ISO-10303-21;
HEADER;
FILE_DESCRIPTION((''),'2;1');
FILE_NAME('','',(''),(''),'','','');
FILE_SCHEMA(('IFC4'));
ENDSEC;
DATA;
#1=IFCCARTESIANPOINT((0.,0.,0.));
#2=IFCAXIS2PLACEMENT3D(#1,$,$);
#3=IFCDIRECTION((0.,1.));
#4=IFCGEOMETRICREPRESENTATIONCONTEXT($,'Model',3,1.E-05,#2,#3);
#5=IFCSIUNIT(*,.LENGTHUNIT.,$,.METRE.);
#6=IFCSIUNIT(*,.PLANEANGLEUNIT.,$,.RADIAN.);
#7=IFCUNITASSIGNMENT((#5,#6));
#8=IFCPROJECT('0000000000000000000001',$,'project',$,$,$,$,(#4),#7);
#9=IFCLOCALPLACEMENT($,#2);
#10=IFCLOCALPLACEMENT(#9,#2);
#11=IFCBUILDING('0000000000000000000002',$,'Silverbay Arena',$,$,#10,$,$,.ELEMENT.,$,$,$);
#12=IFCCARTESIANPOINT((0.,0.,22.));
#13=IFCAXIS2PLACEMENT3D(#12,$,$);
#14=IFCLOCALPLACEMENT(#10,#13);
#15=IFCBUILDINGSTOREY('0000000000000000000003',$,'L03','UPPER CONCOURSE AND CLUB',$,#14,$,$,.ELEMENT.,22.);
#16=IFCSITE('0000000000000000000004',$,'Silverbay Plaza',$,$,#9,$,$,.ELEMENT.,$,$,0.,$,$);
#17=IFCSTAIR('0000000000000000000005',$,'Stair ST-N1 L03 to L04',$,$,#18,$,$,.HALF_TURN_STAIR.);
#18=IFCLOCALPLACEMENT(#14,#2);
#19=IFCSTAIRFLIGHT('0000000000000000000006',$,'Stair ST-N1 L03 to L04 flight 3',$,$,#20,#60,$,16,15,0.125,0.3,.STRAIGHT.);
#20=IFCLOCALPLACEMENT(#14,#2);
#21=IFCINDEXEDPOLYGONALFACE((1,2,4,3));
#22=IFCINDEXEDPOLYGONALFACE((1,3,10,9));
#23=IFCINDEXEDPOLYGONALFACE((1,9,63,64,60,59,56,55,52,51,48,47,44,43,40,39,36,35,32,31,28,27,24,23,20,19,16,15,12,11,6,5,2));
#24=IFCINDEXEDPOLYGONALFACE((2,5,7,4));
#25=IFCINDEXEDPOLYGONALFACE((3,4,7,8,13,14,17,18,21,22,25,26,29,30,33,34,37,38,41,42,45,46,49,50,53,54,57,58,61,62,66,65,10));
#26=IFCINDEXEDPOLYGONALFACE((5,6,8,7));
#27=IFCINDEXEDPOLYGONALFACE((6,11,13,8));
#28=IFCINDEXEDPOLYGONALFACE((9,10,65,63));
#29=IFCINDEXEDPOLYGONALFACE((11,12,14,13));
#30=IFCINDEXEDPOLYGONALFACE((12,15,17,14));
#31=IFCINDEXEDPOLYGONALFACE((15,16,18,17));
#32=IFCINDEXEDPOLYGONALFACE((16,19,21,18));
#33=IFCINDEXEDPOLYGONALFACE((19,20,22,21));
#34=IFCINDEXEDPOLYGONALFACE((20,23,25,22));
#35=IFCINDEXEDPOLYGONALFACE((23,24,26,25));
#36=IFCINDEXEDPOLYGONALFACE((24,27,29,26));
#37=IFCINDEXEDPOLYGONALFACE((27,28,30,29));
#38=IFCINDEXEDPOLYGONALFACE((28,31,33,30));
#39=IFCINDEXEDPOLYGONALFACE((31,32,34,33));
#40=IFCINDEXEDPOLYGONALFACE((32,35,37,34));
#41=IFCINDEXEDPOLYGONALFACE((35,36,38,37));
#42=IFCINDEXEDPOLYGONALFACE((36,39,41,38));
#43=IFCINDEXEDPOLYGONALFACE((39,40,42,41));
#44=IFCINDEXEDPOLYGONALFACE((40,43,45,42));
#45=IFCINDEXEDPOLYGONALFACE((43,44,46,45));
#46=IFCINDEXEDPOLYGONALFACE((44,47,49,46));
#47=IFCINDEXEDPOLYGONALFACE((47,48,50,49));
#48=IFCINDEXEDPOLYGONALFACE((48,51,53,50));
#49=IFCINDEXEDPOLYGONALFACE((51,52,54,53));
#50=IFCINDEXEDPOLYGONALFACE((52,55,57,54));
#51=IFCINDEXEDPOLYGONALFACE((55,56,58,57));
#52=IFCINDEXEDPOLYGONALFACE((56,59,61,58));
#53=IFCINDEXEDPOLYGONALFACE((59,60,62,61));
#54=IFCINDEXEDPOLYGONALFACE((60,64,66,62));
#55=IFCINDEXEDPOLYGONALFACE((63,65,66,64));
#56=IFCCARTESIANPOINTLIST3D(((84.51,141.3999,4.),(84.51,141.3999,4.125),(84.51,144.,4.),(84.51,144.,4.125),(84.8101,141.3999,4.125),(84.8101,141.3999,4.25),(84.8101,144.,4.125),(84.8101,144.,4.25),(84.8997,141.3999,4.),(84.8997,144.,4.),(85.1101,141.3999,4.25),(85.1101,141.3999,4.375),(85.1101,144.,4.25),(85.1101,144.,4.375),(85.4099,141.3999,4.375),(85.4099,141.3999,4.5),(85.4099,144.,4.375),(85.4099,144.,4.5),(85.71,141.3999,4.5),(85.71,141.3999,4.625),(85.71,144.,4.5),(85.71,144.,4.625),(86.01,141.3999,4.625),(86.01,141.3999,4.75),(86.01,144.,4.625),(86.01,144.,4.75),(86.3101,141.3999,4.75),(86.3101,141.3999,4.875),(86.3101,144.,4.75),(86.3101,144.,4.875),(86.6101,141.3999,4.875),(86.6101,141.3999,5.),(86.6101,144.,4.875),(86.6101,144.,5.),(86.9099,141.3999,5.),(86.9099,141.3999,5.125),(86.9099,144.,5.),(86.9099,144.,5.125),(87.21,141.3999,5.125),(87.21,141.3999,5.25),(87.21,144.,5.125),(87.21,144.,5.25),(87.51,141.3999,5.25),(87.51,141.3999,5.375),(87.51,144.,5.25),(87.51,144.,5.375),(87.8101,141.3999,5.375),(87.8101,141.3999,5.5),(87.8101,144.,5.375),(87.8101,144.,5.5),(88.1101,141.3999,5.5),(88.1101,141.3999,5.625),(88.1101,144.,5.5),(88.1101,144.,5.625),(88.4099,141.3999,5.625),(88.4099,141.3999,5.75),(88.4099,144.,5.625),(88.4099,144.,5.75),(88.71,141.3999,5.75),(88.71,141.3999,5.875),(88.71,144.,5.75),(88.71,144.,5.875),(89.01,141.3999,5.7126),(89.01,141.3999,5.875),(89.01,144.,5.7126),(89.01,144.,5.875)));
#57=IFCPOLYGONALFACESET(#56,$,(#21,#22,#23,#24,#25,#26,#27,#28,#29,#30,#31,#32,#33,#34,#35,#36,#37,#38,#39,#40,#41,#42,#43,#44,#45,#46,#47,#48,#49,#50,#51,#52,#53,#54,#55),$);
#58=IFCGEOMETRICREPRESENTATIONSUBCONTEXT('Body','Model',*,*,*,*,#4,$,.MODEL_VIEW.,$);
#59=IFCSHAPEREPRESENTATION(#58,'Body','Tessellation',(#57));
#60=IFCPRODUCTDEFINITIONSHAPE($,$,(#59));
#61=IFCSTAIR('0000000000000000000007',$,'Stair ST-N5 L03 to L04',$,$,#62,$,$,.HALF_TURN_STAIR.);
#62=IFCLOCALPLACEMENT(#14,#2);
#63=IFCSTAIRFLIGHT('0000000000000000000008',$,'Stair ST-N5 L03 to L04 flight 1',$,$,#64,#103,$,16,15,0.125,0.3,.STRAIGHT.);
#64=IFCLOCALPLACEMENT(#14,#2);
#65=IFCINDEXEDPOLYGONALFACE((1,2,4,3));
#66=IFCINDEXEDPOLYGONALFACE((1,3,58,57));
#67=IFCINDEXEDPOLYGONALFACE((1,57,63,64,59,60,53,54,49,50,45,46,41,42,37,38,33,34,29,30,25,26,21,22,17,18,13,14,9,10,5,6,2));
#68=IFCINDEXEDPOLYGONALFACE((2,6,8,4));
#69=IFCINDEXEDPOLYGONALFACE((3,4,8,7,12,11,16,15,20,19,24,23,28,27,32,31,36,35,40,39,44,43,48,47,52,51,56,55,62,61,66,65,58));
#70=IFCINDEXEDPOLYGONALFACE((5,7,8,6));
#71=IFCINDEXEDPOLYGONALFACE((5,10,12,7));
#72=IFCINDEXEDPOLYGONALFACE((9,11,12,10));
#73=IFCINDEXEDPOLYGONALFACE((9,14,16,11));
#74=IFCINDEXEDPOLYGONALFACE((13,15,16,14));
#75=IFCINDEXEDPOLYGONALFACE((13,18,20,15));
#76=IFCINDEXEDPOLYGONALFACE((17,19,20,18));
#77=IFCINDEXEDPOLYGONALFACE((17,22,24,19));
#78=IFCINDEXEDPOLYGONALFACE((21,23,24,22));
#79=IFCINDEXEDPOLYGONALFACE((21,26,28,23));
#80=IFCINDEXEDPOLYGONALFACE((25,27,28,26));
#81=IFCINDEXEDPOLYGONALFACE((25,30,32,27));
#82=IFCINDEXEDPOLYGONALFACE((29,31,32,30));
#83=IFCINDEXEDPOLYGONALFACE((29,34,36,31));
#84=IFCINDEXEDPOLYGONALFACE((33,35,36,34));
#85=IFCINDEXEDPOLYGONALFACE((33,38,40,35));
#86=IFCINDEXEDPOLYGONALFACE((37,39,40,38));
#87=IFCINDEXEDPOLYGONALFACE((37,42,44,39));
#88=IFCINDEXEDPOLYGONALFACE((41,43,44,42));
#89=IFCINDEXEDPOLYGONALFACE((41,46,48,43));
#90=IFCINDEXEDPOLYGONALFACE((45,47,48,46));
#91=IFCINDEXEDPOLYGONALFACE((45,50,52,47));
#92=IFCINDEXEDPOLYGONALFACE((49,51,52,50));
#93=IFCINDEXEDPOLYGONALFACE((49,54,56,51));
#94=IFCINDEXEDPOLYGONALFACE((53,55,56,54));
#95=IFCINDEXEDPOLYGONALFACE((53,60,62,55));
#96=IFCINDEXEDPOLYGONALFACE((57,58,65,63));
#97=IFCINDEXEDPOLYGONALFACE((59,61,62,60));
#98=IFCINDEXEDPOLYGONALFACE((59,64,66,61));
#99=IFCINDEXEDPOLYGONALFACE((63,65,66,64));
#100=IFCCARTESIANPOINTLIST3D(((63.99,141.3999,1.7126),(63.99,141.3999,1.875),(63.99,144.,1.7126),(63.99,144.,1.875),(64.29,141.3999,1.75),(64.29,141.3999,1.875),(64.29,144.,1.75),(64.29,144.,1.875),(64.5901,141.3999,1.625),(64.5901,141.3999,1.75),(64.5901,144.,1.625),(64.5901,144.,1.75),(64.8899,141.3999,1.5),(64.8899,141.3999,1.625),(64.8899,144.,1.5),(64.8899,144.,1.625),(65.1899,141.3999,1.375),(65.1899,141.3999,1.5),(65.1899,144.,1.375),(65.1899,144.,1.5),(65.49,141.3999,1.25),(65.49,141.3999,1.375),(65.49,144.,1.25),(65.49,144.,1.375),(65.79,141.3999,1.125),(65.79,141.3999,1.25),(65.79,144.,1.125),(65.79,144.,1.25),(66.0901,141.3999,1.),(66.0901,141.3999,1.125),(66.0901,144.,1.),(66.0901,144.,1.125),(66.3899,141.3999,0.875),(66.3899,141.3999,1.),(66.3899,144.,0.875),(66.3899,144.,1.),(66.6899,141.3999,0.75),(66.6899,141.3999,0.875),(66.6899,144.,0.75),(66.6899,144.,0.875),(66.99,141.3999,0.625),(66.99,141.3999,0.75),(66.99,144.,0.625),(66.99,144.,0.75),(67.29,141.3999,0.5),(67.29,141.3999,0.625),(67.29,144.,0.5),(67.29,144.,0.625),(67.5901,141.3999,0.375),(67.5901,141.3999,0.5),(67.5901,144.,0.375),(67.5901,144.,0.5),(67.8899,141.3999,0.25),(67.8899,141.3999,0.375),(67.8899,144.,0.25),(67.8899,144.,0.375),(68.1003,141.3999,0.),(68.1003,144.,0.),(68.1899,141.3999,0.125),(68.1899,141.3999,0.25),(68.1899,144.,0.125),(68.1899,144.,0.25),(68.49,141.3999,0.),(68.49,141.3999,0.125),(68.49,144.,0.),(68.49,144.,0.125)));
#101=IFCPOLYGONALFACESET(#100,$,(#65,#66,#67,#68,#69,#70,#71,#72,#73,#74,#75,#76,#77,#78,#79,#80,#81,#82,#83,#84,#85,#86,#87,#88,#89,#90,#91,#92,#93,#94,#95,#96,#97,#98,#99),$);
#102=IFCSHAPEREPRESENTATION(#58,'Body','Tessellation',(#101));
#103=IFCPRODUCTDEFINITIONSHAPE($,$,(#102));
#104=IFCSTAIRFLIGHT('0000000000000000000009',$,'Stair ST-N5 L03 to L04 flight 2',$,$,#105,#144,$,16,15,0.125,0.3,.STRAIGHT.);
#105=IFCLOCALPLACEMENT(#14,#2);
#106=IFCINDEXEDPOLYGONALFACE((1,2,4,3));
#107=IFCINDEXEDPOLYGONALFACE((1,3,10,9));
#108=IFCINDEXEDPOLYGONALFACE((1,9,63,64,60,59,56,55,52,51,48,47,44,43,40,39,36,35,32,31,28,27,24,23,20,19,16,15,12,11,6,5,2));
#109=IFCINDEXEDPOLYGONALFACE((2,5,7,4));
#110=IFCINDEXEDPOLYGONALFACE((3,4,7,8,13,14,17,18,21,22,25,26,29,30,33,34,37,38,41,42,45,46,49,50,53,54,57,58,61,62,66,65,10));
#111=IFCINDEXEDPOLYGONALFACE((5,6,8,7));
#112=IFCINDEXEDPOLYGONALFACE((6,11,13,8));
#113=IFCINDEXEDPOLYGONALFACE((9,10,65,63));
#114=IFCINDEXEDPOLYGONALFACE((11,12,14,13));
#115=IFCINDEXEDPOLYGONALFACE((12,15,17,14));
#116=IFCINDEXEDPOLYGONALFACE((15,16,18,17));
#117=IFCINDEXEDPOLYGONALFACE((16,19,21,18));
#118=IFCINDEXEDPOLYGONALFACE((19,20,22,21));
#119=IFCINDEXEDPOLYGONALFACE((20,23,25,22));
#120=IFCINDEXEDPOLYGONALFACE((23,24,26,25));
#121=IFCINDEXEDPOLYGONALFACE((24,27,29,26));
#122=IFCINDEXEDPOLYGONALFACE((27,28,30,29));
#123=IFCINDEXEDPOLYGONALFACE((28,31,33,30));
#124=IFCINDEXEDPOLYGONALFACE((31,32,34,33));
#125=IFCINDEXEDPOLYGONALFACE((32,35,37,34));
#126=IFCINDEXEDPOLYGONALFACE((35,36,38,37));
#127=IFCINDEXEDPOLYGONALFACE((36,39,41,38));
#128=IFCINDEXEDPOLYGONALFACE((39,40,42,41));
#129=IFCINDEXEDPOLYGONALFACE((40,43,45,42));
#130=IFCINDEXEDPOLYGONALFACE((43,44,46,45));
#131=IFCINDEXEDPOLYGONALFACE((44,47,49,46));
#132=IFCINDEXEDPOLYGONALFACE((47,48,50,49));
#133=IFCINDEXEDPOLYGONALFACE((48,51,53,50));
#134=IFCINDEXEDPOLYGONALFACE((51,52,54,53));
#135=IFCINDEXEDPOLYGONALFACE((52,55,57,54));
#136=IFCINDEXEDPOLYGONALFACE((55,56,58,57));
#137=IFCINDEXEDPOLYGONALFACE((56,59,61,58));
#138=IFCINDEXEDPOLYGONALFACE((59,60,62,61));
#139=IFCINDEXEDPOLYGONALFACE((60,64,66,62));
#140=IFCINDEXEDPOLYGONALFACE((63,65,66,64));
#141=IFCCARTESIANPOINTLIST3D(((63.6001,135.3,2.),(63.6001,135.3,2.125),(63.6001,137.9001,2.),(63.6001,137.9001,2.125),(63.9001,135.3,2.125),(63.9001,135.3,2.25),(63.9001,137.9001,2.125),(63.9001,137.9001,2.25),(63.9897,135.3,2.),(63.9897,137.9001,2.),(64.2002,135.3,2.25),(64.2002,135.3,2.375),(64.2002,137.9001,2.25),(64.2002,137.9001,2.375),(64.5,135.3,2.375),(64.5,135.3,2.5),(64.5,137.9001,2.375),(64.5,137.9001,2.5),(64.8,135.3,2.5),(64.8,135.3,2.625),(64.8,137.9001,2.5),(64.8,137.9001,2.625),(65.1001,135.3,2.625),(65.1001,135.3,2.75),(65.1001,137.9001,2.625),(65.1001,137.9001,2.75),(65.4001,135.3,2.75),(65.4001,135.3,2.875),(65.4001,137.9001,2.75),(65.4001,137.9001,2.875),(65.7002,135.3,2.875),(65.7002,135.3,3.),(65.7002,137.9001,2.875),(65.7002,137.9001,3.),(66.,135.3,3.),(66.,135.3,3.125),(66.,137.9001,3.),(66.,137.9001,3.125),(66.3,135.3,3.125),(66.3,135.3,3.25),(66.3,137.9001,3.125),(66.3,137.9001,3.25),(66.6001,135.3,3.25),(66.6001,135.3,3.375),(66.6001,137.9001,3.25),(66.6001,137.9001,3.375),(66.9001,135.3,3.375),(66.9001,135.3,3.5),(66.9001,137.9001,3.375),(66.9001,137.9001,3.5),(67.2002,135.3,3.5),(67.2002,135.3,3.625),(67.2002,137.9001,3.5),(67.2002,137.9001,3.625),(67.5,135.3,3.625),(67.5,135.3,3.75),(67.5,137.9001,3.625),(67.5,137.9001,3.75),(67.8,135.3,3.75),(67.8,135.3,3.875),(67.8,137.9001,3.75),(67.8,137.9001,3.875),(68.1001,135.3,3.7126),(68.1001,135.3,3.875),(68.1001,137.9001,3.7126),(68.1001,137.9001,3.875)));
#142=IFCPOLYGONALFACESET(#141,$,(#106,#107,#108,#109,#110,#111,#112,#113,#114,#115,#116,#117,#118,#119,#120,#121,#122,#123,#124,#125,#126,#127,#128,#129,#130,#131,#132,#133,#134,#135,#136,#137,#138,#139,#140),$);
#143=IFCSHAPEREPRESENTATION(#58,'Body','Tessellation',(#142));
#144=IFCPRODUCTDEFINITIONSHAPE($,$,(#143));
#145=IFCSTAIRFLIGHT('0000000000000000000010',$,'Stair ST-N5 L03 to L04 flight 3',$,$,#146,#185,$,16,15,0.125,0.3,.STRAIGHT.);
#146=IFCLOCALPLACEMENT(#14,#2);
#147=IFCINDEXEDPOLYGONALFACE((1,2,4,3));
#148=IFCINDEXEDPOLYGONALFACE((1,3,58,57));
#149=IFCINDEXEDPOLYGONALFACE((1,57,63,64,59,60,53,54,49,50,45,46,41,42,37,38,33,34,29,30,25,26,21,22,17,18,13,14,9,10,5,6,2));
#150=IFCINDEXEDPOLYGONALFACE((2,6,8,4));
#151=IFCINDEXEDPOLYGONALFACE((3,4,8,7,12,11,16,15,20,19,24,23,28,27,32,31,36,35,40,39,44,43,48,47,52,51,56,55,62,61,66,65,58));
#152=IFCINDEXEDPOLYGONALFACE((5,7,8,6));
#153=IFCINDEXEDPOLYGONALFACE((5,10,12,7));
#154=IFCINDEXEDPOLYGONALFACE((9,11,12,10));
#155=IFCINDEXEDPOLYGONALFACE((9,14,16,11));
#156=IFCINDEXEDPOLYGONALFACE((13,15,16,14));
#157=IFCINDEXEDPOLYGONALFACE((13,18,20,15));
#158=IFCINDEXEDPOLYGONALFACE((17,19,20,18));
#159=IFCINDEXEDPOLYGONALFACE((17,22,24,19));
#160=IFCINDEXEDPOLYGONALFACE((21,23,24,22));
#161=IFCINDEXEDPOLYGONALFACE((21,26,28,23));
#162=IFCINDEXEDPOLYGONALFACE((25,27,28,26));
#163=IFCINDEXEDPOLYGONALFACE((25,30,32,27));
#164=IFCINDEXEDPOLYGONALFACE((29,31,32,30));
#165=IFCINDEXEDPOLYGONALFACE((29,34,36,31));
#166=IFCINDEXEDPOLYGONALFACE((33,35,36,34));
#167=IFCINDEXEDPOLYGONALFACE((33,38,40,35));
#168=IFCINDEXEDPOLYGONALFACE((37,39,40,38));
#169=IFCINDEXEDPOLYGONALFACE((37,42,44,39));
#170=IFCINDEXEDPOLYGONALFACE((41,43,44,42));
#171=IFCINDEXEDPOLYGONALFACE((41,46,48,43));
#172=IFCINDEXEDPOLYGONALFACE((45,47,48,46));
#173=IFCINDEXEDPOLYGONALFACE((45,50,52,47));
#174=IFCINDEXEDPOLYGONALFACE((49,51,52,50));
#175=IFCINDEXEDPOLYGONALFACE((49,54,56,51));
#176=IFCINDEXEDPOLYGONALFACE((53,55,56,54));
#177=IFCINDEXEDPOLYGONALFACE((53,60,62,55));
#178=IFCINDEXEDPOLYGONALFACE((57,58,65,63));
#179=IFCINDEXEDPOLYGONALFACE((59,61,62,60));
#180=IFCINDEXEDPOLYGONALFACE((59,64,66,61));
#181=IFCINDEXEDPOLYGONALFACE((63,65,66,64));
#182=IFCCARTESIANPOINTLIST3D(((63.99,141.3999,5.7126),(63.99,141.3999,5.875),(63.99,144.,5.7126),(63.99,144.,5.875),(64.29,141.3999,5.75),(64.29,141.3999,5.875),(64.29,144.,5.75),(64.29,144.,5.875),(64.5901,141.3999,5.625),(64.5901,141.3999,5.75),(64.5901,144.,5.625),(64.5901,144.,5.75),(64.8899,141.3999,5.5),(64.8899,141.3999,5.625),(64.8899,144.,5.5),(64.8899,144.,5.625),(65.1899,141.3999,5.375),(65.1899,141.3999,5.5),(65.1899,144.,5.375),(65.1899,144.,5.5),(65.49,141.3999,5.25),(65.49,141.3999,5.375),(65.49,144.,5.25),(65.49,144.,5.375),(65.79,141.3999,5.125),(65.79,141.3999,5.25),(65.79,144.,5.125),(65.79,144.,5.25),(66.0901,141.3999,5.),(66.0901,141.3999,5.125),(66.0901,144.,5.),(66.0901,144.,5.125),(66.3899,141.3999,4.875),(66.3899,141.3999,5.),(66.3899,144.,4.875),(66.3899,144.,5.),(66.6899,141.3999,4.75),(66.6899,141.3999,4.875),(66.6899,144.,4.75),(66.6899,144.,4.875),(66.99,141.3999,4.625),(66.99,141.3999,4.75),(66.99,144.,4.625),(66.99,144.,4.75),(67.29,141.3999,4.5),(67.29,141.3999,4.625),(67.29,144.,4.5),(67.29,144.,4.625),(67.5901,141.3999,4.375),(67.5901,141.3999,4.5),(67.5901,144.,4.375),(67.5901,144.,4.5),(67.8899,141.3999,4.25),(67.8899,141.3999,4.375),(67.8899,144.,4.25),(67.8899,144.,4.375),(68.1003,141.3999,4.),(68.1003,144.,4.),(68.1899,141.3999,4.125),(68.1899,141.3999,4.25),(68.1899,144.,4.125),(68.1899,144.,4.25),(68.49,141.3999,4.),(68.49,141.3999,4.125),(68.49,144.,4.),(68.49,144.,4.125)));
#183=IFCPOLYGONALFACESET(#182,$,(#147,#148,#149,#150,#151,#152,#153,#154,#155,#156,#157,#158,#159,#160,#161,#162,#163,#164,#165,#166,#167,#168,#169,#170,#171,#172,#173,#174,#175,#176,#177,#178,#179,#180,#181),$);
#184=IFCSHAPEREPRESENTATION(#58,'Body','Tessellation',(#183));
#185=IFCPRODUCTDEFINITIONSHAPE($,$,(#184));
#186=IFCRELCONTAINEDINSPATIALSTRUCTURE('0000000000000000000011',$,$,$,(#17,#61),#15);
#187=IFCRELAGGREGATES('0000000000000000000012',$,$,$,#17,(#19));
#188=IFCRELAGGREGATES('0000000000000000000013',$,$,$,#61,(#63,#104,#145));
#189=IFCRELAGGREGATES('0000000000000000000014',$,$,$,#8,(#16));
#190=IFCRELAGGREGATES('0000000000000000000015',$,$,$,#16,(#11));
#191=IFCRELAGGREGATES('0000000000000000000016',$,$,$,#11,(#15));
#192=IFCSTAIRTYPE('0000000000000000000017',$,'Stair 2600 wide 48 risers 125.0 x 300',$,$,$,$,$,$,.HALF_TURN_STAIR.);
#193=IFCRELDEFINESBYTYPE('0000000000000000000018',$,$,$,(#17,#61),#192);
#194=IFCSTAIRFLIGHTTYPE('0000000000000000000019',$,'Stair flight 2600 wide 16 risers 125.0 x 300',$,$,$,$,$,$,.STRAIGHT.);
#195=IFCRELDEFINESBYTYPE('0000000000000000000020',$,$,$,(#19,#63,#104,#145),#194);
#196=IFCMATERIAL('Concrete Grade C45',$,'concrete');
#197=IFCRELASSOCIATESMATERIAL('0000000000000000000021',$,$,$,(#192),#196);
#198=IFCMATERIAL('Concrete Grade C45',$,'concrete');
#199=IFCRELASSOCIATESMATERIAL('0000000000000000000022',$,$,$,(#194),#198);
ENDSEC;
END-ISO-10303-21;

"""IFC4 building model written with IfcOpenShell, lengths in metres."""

from ifc_helpers import new_model, si_unit, direction, frame, origin, place, context, subcontext, project, spatial, polyline, outline, extrude, material, type_object, element, aggregate, save


model = new_model("IFC4")

# Units and contexts
model_context = context("Model", 3, precision=1e-05, world=origin(), true_north=direction((0.0, 1.0)))
body_context = subcontext(model_context, "Body", "Model", "MODEL_VIEW")
ifc_project = project(units=[si_unit("LENGTHUNIT", "METRE"), si_unit("PLANEANGLEUNIT", "RADIAN")], contexts=[model_context])

# Site, building, storey
site_placement = place(None, origin())
site = spatial("IfcSite", under=ifc_project, at=site_placement, Name="Silverbay Plaza", CompositionType="ELEMENT", RefElevation=0.0)
building_placement = place(site_placement, origin())
building = spatial("IfcBuilding", under=site, at=building_placement, Name="Silverbay Arena", CompositionType="ELEMENT")
storey_placement = place(building_placement, frame((0.0, 0.0, 22.0)))
storey = spatial("IfcBuildingStorey", under=building, at=storey_placement, Name="L03", Description="UPPER CONCOURSE AND CLUB", CompositionType="ELEMENT", Elevation=22.0)

# Stairs, stair flights
ifc_material_1 = material(Name="Concrete Grade C45", Category="concrete")
stair_type = type_object("IfcStairType", Name="Stair 2600 wide 48 risers 125.0 x 300", PredefinedType="HALF_TURN_STAIR", material=ifc_material_1)
stair_1_placement = place(storey_placement, origin())
stair_1 = element("IfcStair", 1, at=stair_1_placement, inside=storey, type_object=stair_type, Name="Stair ST-N1 L03 to L04", PredefinedType="HALF_TURN_STAIR")
ifc_material_2 = material(Name="Concrete Grade C45", Category="concrete")
stair_flight_type = type_object("IfcStairFlightType", Name="Stair flight 2600 wide 16 risers 125.0 x 300", PredefinedType="STRAIGHT", material=ifc_material_2)
stair_flight_1_placement = place(storey_placement, frame((84.51, 142.7, 4.0), z_axis=(0.0, 0.0, 1.0), x_axis=(1.0, 0.0, 0.0)))
stair_flight_1 = element("IfcStairFlight", 2, at=stair_flight_1_placement, type_object=stair_flight_type, Name="Stair ST-N1 L03 to L04 flight 3", NumberOfRisers=16, NumberOfTreads=15, PredefinedType="STRAIGHT", RiserHeight=0.125, TreadLength=0.3, context=body_context, shape_type="SweptSolid", body=[
    extrude(outline(polyline([(0.0, 0.0), (0.0, 0.125), (0.3, 0.125), (0.3, 0.25), (0.6001, 0.25), (0.6001, 0.375), (0.8999, 0.375), (0.8999, 0.5), (1.2, 0.5), (1.2, 0.625), (1.5, 0.625), (1.5, 0.75), (1.8, 0.75), (1.8, 0.875), (2.1001, 0.875), (2.1001, 1.0), (2.3999, 1.0), (2.3999, 1.125), (2.7, 1.125), (2.7, 1.25), (3.0, 1.25), (3.0, 1.375), (3.3, 1.375), (3.3, 1.5), (3.6001, 1.5), (3.6001, 1.625), (3.8999, 1.625), (3.8999, 1.75), (4.2, 1.75), (4.2, 1.875), (4.5, 1.875), (4.5, 1.7126), (0.3896, 0.0), (0.0, 0.0)])), frame((0.0, 1.3, 0.0), z_axis=(0.0, -1.0, 0.0), x_axis=(1.0, 0.0, 0.0)), (0.0, 0.0, 1.0), 2.6001),
])
aggregate(stair_1, [stair_flight_1])
stair_2_placement = place(storey_placement, origin())
stair_2 = element("IfcStair", 3, at=stair_2_placement, inside=storey, type_object=stair_type, Name="Stair ST-N5 L03 to L04", PredefinedType="HALF_TURN_STAIR")
stair_flight_2_placement = place(storey_placement, frame((68.49, 142.7, 0.0), z_axis=(0.0, 0.0, 1.0), x_axis=(-1.0, 0.0, 0.0)))
stair_flight_2 = element("IfcStairFlight", 4, at=stair_flight_2_placement, type_object=stair_flight_type, Name="Stair ST-N5 L03 to L04 flight 1", NumberOfRisers=16, NumberOfTreads=15, PredefinedType="STRAIGHT", RiserHeight=0.125, TreadLength=0.3, context=body_context, shape_type="SweptSolid", body=[
    extrude(outline(polyline([(0.0, 0.0), (0.0, 0.125), (0.3, 0.125), (0.3, 0.25), (0.6001, 0.25), (0.6001, 0.375), (0.8999, 0.375), (0.8999, 0.5), (1.2, 0.5), (1.2, 0.625), (1.5, 0.625), (1.5, 0.75), (1.8, 0.75), (1.8, 0.875), (2.1001, 0.875), (2.1001, 1.0), (2.3999, 1.0), (2.3999, 1.125), (2.7, 1.125), (2.7, 1.25), (3.0, 1.25), (3.0, 1.375), (3.3, 1.375), (3.3, 1.5), (3.6001, 1.5), (3.6001, 1.625), (3.8999, 1.625), (3.8999, 1.75), (4.2, 1.75), (4.2, 1.875), (4.5, 1.875), (4.5, 1.7126), (0.3896, 0.0), (0.0, 0.0)])), frame((0.0, 1.3, 0.0), z_axis=(0.0, -1.0, 0.0), x_axis=(1.0, 0.0, 0.0)), (0.0, 0.0, 1.0), 2.6001),
])
stair_flight_3_placement = place(storey_placement, frame((63.6001, 136.6001, 2.0), z_axis=(0.0, 0.0, 1.0), x_axis=(1.0, 0.0, 0.0)))
stair_flight_3 = element("IfcStairFlight", 5, at=stair_flight_3_placement, type_object=stair_flight_type, Name="Stair ST-N5 L03 to L04 flight 2", NumberOfRisers=16, NumberOfTreads=15, PredefinedType="STRAIGHT", RiserHeight=0.125, TreadLength=0.3, context=body_context, shape_type="SweptSolid", body=[
    extrude(outline(polyline([(0.0, 0.0), (0.0, 0.125), (0.3, 0.125), (0.3, 0.25), (0.6001, 0.25), (0.6001, 0.375), (0.8999, 0.375), (0.8999, 0.5), (1.2, 0.5), (1.2, 0.625), (1.5, 0.625), (1.5, 0.75), (1.8, 0.75), (1.8, 0.875), (2.1001, 0.875), (2.1001, 1.0), (2.3999, 1.0), (2.3999, 1.125), (2.7, 1.125), (2.7, 1.25), (3.0, 1.25), (3.0, 1.375), (3.3, 1.375), (3.3, 1.5), (3.6001, 1.5), (3.6001, 1.625), (3.8999, 1.625), (3.8999, 1.75), (4.2, 1.75), (4.2, 1.875), (4.5, 1.875), (4.5, 1.7126), (0.3896, 0.0), (0.0, 0.0)])), frame((0.0, 1.3, 0.0), z_axis=(0.0, -1.0, 0.0), x_axis=(1.0, 0.0, 0.0)), (0.0, 0.0, 1.0), 2.6001),
])
stair_flight_4_placement = place(storey_placement, frame((68.49, 142.7, 4.0), z_axis=(0.0, 0.0, 1.0), x_axis=(-1.0, 0.0, 0.0)))
stair_flight_4 = element("IfcStairFlight", 6, at=stair_flight_4_placement, type_object=stair_flight_type, Name="Stair ST-N5 L03 to L04 flight 3", NumberOfRisers=16, NumberOfTreads=15, PredefinedType="STRAIGHT", RiserHeight=0.125, TreadLength=0.3, context=body_context, shape_type="SweptSolid", body=[
    extrude(outline(polyline([(0.0, 0.0), (0.0, 0.125), (0.3, 0.125), (0.3, 0.25), (0.6001, 0.25), (0.6001, 0.375), (0.8999, 0.375), (0.8999, 0.5), (1.2, 0.5), (1.2, 0.625), (1.5, 0.625), (1.5, 0.75), (1.8, 0.75), (1.8, 0.875), (2.1001, 0.875), (2.1001, 1.0), (2.3999, 1.0), (2.3999, 1.125), (2.7, 1.125), (2.7, 1.25), (3.0, 1.25), (3.0, 1.375), (3.3, 1.375), (3.3, 1.5), (3.6001, 1.5), (3.6001, 1.625), (3.8999, 1.625), (3.8999, 1.75), (4.2, 1.75), (4.2, 1.875), (4.5, 1.875), (4.5, 1.7126), (0.3896, 0.0), (0.0, 0.0)])), frame((0.0, 1.3, 0.0), z_axis=(0.0, -1.0, 0.0), x_axis=(1.0, 0.0, 0.0)), (0.0, 0.0, 1.0), 2.6001),
])
aggregate(stair_2, [stair_flight_2, stair_flight_3, stair_flight_4])

save(model, "model.ifc")
